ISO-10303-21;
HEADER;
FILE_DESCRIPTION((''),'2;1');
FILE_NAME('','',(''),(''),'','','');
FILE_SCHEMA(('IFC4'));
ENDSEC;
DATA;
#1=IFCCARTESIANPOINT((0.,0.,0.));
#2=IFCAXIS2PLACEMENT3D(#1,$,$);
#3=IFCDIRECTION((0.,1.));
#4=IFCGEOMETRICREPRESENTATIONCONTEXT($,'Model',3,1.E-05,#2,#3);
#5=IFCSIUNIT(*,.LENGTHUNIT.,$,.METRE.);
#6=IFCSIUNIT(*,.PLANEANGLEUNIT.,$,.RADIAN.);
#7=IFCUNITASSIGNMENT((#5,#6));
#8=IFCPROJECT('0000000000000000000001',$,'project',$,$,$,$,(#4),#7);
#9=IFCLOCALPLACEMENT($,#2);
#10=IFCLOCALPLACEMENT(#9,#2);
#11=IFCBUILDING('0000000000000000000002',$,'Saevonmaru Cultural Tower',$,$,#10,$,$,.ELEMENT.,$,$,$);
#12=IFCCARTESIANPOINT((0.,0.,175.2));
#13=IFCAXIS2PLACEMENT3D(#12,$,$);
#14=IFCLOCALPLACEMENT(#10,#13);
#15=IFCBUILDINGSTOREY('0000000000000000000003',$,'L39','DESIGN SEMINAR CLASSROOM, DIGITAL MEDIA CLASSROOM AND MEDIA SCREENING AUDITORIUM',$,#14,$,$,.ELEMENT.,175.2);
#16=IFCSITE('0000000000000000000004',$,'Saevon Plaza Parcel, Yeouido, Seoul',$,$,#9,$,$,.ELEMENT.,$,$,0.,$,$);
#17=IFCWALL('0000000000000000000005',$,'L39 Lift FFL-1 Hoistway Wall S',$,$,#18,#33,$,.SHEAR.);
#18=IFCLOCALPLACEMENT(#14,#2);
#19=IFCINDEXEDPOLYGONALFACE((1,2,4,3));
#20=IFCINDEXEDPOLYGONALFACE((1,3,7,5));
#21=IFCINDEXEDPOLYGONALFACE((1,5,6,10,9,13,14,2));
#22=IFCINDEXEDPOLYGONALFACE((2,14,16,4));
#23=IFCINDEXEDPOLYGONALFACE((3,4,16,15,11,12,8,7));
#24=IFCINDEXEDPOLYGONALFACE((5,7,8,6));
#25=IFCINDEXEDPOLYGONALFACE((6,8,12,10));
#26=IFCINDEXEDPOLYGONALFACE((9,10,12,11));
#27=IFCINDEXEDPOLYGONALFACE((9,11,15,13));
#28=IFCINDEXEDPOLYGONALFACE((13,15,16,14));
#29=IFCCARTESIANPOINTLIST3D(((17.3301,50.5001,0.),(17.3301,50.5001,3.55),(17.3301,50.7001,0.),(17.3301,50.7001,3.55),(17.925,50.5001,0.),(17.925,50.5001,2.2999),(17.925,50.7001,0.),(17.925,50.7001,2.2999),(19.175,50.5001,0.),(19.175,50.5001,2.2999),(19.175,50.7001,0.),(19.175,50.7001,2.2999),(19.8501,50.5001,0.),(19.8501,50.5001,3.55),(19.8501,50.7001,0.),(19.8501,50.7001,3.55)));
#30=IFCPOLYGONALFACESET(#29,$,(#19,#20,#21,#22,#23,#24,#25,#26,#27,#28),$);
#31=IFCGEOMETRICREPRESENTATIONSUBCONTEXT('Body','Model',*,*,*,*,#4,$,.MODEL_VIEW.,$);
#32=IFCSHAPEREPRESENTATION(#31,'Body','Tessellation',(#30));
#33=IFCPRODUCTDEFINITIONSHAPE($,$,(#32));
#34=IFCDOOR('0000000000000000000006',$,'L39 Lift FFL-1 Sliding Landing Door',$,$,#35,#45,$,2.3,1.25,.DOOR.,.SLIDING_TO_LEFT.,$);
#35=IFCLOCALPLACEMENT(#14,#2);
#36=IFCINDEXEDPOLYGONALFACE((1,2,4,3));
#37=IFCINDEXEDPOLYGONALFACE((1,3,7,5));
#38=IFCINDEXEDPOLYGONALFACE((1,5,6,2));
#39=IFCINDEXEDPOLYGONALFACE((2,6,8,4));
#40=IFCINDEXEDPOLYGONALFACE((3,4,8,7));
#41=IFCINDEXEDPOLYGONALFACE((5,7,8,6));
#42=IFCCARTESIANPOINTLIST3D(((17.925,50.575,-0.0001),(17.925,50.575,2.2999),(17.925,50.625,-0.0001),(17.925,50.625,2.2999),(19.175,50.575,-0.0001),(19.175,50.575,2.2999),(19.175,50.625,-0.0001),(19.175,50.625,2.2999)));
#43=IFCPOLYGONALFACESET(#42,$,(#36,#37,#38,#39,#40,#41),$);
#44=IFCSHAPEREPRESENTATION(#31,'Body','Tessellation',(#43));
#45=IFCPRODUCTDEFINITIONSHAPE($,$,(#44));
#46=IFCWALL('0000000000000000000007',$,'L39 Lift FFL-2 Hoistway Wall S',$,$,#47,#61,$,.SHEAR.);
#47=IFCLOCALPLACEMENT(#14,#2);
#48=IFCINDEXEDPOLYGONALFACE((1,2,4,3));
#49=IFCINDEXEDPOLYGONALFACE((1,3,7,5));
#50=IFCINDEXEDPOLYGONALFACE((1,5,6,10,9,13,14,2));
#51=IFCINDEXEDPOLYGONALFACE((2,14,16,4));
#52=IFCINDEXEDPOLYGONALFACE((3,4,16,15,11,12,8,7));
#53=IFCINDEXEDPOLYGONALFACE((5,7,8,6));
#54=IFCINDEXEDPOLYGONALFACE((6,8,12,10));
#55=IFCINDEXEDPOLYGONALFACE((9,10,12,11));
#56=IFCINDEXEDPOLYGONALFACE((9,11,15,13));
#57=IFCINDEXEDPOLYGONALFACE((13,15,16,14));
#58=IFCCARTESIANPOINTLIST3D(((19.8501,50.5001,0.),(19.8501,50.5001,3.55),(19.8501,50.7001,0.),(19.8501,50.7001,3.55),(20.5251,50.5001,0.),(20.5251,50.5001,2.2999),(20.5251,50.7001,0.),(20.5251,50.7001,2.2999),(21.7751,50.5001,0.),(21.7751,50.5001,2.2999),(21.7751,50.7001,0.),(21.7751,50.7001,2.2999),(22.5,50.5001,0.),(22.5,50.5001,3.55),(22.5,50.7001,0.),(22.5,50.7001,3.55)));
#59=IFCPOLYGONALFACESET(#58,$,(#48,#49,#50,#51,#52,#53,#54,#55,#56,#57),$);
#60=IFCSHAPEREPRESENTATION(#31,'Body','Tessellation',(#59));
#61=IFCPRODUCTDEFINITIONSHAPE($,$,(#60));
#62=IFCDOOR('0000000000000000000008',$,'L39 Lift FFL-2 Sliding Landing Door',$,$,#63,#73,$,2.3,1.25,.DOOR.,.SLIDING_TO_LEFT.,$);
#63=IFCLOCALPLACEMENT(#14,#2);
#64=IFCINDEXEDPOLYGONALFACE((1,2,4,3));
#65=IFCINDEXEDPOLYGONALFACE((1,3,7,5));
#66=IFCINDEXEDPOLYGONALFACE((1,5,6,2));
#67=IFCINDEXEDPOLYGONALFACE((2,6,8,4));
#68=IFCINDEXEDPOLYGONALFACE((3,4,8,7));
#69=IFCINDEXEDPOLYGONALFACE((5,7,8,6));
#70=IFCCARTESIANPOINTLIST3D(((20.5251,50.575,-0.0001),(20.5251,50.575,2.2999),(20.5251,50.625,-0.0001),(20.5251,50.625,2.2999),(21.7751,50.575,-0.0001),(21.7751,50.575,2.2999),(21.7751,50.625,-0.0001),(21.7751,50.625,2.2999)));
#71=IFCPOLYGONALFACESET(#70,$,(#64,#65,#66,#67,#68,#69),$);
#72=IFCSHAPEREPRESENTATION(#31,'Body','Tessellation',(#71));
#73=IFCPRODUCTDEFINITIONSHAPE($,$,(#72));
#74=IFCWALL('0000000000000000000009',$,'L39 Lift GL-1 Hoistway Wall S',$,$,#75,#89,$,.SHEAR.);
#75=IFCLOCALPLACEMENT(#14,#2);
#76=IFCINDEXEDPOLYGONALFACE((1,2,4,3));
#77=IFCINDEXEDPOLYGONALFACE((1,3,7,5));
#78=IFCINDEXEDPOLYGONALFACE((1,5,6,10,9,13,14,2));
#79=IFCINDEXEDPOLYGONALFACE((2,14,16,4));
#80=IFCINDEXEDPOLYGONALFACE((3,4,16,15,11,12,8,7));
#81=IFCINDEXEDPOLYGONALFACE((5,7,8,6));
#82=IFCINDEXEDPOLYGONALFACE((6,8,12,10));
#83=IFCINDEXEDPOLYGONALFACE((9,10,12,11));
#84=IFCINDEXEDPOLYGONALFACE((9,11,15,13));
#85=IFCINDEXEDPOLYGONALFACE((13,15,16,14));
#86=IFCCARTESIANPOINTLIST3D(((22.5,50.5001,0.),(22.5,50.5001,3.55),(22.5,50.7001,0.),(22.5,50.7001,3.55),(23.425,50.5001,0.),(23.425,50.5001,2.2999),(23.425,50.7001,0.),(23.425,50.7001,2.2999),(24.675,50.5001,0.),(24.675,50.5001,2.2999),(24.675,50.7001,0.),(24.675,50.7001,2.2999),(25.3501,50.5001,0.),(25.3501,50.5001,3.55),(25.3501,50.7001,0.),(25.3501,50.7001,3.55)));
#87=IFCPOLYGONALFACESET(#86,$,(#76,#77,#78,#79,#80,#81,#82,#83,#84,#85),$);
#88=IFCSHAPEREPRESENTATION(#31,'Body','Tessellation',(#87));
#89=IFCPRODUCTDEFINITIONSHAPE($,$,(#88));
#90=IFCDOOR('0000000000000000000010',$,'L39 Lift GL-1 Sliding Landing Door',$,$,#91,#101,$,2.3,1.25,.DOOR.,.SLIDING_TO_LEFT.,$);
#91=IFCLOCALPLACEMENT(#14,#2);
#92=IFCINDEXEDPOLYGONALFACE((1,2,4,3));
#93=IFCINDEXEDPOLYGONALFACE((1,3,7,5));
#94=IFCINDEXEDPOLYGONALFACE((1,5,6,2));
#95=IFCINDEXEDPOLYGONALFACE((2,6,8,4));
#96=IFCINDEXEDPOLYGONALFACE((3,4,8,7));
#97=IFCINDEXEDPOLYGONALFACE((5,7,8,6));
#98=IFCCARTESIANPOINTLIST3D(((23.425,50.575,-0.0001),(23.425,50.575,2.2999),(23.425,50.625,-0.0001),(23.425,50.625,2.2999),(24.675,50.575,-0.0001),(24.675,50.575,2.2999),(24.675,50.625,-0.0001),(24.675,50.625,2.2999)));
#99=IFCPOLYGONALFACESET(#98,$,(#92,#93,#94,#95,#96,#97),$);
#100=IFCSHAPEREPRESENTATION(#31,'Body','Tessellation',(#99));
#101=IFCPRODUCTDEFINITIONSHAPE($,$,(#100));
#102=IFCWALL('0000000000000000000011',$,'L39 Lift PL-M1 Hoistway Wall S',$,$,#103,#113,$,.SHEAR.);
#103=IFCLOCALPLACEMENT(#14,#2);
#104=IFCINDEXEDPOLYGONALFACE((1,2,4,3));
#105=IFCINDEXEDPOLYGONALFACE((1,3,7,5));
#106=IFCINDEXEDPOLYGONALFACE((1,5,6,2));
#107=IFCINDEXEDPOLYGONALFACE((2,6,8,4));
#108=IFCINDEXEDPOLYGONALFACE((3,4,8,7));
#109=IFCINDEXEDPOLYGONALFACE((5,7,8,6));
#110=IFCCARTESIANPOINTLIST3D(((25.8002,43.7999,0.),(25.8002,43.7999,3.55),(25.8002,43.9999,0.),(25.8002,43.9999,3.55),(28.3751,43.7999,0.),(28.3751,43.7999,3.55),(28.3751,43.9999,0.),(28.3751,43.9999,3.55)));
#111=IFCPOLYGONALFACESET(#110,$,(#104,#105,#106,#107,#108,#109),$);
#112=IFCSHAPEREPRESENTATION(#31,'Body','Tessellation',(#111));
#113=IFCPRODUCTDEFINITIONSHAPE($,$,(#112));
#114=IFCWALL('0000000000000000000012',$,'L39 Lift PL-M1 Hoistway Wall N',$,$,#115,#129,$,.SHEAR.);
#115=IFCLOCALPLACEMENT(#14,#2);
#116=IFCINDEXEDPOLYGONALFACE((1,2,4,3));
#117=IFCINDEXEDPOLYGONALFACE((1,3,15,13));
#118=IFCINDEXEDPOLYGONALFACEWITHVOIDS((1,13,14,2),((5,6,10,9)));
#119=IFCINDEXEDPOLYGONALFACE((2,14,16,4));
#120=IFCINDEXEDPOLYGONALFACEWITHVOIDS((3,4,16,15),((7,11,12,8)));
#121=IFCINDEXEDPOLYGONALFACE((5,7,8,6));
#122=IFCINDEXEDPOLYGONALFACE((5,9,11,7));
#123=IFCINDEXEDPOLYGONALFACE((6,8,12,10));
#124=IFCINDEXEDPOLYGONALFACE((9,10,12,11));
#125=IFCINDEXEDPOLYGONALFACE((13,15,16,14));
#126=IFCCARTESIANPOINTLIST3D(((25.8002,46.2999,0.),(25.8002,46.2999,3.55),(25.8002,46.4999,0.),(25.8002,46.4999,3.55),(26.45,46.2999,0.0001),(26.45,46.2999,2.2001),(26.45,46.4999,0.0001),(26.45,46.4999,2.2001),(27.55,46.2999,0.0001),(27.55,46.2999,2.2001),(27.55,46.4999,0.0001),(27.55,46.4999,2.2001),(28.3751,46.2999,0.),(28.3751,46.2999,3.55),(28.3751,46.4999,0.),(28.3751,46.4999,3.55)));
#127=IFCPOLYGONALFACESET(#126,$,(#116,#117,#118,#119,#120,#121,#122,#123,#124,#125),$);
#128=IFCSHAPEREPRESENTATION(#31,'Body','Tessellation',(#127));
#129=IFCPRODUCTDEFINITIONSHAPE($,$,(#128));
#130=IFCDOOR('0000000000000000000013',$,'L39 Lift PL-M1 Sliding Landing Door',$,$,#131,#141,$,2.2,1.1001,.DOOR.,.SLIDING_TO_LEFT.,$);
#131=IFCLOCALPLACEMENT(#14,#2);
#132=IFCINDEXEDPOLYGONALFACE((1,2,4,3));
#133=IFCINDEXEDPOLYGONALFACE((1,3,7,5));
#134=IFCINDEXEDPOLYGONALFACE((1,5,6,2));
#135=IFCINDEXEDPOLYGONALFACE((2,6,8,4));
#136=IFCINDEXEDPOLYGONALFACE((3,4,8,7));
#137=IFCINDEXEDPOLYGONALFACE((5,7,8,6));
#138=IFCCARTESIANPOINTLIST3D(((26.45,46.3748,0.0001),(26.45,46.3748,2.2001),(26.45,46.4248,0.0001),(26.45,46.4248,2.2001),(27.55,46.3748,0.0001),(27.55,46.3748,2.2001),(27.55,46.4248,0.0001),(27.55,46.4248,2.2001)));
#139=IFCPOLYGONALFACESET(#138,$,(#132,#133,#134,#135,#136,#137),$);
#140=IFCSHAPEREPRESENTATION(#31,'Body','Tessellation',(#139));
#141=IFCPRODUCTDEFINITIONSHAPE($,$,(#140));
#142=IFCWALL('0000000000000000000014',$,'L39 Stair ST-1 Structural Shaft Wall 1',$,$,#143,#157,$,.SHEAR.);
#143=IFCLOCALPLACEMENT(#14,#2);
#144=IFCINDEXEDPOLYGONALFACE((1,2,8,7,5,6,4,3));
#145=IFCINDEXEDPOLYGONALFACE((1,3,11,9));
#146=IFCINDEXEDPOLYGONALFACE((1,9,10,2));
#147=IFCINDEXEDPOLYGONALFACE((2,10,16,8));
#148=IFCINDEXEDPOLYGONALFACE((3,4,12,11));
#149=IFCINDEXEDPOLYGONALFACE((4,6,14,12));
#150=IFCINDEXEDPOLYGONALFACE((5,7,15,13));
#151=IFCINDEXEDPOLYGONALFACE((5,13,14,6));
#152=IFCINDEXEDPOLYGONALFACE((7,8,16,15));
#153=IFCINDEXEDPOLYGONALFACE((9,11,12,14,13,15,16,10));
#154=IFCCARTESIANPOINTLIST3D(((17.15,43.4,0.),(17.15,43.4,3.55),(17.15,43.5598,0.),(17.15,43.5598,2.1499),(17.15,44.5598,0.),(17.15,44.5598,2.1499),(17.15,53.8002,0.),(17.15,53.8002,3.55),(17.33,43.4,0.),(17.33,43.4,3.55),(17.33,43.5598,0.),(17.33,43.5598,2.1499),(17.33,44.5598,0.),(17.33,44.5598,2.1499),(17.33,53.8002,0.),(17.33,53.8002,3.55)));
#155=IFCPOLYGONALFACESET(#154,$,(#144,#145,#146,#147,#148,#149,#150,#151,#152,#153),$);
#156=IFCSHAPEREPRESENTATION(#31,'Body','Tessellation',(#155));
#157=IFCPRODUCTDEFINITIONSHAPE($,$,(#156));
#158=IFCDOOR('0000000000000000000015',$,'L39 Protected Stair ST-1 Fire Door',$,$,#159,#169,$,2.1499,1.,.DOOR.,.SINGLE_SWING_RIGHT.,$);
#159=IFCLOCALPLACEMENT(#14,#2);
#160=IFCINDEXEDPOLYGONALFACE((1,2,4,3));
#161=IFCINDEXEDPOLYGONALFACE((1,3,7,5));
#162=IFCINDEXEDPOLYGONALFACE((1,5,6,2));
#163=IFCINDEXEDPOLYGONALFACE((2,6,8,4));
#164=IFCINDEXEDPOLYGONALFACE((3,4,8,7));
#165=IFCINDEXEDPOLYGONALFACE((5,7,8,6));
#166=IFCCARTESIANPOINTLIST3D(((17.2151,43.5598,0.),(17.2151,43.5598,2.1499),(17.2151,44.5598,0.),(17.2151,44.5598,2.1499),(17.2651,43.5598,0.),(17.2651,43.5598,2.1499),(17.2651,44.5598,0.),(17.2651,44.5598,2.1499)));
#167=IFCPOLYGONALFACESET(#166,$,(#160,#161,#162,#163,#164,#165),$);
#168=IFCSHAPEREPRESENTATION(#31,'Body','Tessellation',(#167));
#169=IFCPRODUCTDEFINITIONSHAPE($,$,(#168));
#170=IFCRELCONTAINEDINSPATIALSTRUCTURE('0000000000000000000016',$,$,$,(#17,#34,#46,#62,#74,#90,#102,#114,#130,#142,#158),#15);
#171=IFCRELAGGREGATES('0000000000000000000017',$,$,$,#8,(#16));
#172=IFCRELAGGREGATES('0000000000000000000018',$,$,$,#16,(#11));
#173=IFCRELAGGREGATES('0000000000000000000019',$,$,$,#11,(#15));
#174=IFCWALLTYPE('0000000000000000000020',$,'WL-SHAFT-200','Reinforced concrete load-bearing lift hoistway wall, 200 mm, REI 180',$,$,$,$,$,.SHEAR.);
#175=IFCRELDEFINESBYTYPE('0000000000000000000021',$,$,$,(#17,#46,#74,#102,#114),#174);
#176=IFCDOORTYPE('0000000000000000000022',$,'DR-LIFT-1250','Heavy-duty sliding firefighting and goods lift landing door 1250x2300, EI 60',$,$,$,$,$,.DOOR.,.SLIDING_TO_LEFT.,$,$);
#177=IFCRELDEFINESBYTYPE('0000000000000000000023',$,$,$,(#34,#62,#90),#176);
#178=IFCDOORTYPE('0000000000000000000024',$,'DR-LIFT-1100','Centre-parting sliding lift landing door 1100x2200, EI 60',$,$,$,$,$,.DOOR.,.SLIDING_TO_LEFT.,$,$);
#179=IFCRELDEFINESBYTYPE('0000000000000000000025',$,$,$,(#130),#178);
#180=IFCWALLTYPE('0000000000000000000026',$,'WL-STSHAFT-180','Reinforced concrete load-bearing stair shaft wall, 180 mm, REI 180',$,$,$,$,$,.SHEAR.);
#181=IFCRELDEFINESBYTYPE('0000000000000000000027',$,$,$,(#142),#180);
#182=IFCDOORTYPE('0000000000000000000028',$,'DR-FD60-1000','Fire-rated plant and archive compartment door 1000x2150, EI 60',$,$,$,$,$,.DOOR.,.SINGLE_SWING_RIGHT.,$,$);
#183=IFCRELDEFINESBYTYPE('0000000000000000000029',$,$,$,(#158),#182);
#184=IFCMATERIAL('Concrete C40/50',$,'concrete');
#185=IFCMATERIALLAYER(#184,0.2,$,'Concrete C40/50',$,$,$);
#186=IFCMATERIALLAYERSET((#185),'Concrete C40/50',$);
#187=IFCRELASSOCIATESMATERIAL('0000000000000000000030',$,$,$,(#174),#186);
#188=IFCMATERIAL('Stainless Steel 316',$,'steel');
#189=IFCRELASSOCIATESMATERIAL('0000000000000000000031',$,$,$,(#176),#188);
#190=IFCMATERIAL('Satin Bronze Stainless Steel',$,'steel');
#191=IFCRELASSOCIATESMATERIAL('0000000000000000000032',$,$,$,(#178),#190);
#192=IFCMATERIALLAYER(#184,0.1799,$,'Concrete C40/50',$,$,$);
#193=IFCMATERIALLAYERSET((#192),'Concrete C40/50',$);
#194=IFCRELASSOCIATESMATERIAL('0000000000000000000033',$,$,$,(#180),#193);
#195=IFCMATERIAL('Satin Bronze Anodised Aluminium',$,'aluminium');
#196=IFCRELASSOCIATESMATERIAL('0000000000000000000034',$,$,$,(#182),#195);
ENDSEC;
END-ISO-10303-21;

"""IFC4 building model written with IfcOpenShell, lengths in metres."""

from ifc_helpers import new_model, si_unit, direction, frame, frame_2d, origin, place, context, subcontext, project, spatial, rectangle, extrude, material, layer, layer_set, type_object, element, fill, save


model = new_model("IFC4")

# Units and contexts
model_context = context("Model", 3, precision=1e-05, world=origin(), true_north=direction((0.0, 1.0)))
body_context = subcontext(model_context, "Body", "Model", "MODEL_VIEW")
ifc_project = project(units=[si_unit("LENGTHUNIT", "METRE"), si_unit("PLANEANGLEUNIT", "RADIAN")], contexts=[model_context])

# Site, building, storey
site_placement = place(None, origin())
site = spatial("IfcSite", under=ifc_project, at=site_placement, Name="Saevon Plaza Parcel, Yeouido, Seoul", CompositionType="ELEMENT", RefElevation=0.0)
building_placement = place(site_placement, origin())
building = spatial("IfcBuilding", under=site, at=building_placement, Name="Saevonmaru Cultural Tower", CompositionType="ELEMENT")
storey_placement = place(building_placement, frame((0.0, 0.0, 175.2)))
storey = spatial("IfcBuildingStorey", under=building, at=storey_placement, Name="L39", Description="DESIGN SEMINAR CLASSROOM, DIGITAL MEDIA CLASSROOM AND MEDIA SCREENING AUDITORIUM", CompositionType="ELEMENT", Elevation=175.2)

# Walls, openings, doors
ifc_material_1 = material(Name="Satin Bronze Anodised Aluminium", Category="aluminium")
ifc_material_2 = material(Name="Concrete C40/50", Category="concrete")
ifc_layer_1 = layer(ifc_material_2, 0.2, Name="Concrete C40/50")
ifc_layer_set_1 = layer_set([ifc_layer_1], Name="Concrete C40/50")
wall_type_1 = type_object("IfcWallType", Name="WL-SHAFT-200", Description="Reinforced concrete load-bearing lift hoistway wall, 200 mm, REI 180", PredefinedType="SHEAR", material=ifc_layer_set_1)
wall_1_placement = place(storey_placement, frame((17.3301, 50.6001, 0.0), z_axis=(0.0, 0.0, 1.0), x_axis=(1.0, 0.0, 0.0)))
wall_1 = element("IfcWall", 1, at=wall_1_placement, inside=storey, type_object=wall_type_1, Name="L39 Lift FFL-1 Hoistway Wall S", PredefinedType="SHEAR", context=body_context, shape_type="SweptSolid", body=[
    extrude(rectangle(XDim=2.52, YDim=0.2, at=frame_2d((1.26, 0.0))), origin(), (0.0, 0.0, 1.0), 3.55),
])
opening_1_placement = place(wall_1_placement, frame((0.595, 0.0, 0.0)))
opening_1 = element("IfcOpeningElement", 2, at=opening_1_placement, cuts=wall_1, PredefinedType="OPENING", context=body_context, shape_type="SweptSolid", body=[
    extrude(rectangle(XDim=1.25, YDim=2.3, at=frame_2d((0.625, 1.1499))), frame((0.0, 0.1099, 0.0), z_axis=(0.0, -1.0, 0.0), x_axis=(1.0, 0.0, 0.0)), (0.0, 0.0, 1.0), 0.22),
])
ifc_material_3 = material(Name="Stainless Steel 316", Category="steel")
door_type_1 = type_object("IfcDoorType", Name="DR-LIFT-1250", Description="Heavy-duty sliding firefighting and goods lift landing door 1250x2300, EI 60", OperationType="SLIDING_TO_LEFT", PredefinedType="DOOR", material=ifc_material_3)
door_1_placement = place(opening_1_placement, origin())
door_1 = element("IfcDoor", 3, at=door_1_placement, inside=storey, type_object=door_type_1, Name="L39 Lift FFL-1 Sliding Landing Door", OperationType="SLIDING_TO_LEFT", OverallHeight=2.3, OverallWidth=1.25, PredefinedType="DOOR", context=body_context, shape_type="SweptSolid", body=[
    extrude(rectangle(XDim=1.25, YDim=2.3, at=frame_2d((0.625, 1.1499))), frame((0.0, 0.0249, 0.0), z_axis=(0.0, -1.0, 0.0), x_axis=(1.0, 0.0, 0.0)), (0.0, 0.0, 1.0), 0.05),
])
fill(opening_1, door_1)
wall_2_placement = place(storey_placement, frame((19.8501, 50.6001, 0.0), z_axis=(0.0, 0.0, 1.0), x_axis=(1.0, 0.0, 0.0)))
wall_2 = element("IfcWall", 4, at=wall_2_placement, inside=storey, type_object=wall_type_1, Name="L39 Lift FFL-2 Hoistway Wall S", PredefinedType="SHEAR", context=body_context, shape_type="SweptSolid", body=[
    extrude(rectangle(XDim=2.6499, YDim=0.2, at=frame_2d((1.325, 0.0))), origin(), (0.0, 0.0, 1.0), 3.55),
])
opening_2_placement = place(wall_2_placement, frame((0.675, 0.0, 0.0)))
opening_2 = element("IfcOpeningElement", 5, at=opening_2_placement, cuts=wall_2, PredefinedType="OPENING", context=body_context, shape_type="SweptSolid", body=[
    extrude(rectangle(XDim=1.25, YDim=2.3, at=frame_2d((0.625, 1.1499))), frame((0.0, 0.1099, 0.0), z_axis=(0.0, -1.0, 0.0), x_axis=(1.0, 0.0, 0.0)), (0.0, 0.0, 1.0), 0.22),
])
door_2_placement = place(opening_2_placement, origin())
door_2 = element("IfcDoor", 6, at=door_2_placement, inside=storey, type_object=door_type_1, Name="L39 Lift FFL-2 Sliding Landing Door", OperationType="SLIDING_TO_LEFT", OverallHeight=2.3, OverallWidth=1.25, PredefinedType="DOOR", context=body_context, shape_type="SweptSolid", body=[
    extrude(rectangle(XDim=1.25, YDim=2.3, at=frame_2d((0.625, 1.1499))), frame((0.0, 0.0249, 0.0), z_axis=(0.0, -1.0, 0.0), x_axis=(1.0, 0.0, 0.0)), (0.0, 0.0, 1.0), 0.05),
])
fill(opening_2, door_2)
wall_3_placement = place(storey_placement, frame((22.5, 50.6001, 0.0), z_axis=(0.0, 0.0, 1.0), x_axis=(1.0, 0.0, 0.0)))
wall_3 = element("IfcWall", 7, at=wall_3_placement, inside=storey, type_object=wall_type_1, Name="L39 Lift GL-1 Hoistway Wall S", PredefinedType="SHEAR", context=body_context, shape_type="SweptSolid", body=[
    extrude(rectangle(XDim=2.8501, YDim=0.2, at=frame_2d((1.425, 0.0))), origin(), (0.0, 0.0, 1.0), 3.55),
])
opening_3_placement = place(wall_3_placement, frame((0.925, 0.0, 0.0)))
opening_3 = element("IfcOpeningElement", 8, at=opening_3_placement, cuts=wall_3, PredefinedType="OPENING", context=body_context, shape_type="SweptSolid", body=[
    extrude(rectangle(XDim=1.25, YDim=2.3, at=frame_2d((0.625, 1.1499))), frame((0.0, 0.1099, 0.0), z_axis=(0.0, -1.0, 0.0), x_axis=(1.0, 0.0, 0.0)), (0.0, 0.0, 1.0), 0.22),
])
door_3_placement = place(opening_3_placement, origin())
door_3 = element("IfcDoor", 9, at=door_3_placement, inside=storey, type_object=door_type_1, Name="L39 Lift GL-1 Sliding Landing Door", OperationType="SLIDING_TO_LEFT", OverallHeight=2.3, OverallWidth=1.25, PredefinedType="DOOR", context=body_context, shape_type="SweptSolid", body=[
    extrude(rectangle(XDim=1.25, YDim=2.3, at=frame_2d((0.625, 1.1499))), frame((0.0, 0.0249, 0.0), z_axis=(0.0, -1.0, 0.0), x_axis=(1.0, 0.0, 0.0)), (0.0, 0.0, 1.0), 0.05),
])
fill(opening_3, door_3)

# Wall
wall_4_placement = place(storey_placement, frame((25.8, 43.8999, 0.0), z_axis=(0.0, 0.0, 1.0), x_axis=(1.0, 0.0, 0.0)))
element("IfcWall", 10, at=wall_4_placement, inside=storey, type_object=wall_type_1, Name="L39 Lift PL-M1 Hoistway Wall S", PredefinedType="SHEAR", context=body_context, shape_type="SweptSolid", body=[
    extrude(rectangle(XDim=2.575, YDim=0.2, at=frame_2d((1.2876, 0.0))), origin(), (0.0, 0.0, 1.0), 3.55),
])

# Walls, openings, doors
wall_5_placement = place(storey_placement, frame((25.8, 46.3999, 0.0), z_axis=(0.0, 0.0, 1.0), x_axis=(1.0, 0.0, 0.0)))
wall_5 = element("IfcWall", 11, at=wall_5_placement, inside=storey, type_object=wall_type_1, Name="L39 Lift PL-M1 Hoistway Wall N", PredefinedType="SHEAR", context=body_context, shape_type="SweptSolid", body=[
    extrude(rectangle(XDim=2.575, YDim=0.2, at=frame_2d((1.2876, 0.0))), origin(), (0.0, 0.0, 1.0), 3.55),
])
opening_4_placement = place(wall_5_placement, frame((0.6499, 0.0, 0.0)))
opening_4 = element("IfcOpeningElement", 12, at=opening_4_placement, cuts=wall_5, PredefinedType="OPENING", context=body_context, shape_type="SweptSolid", body=[
    extrude(rectangle(XDim=1.1001, YDim=2.2, at=frame_2d((0.55, 1.1001))), frame((0.0, 0.1099, 0.0), z_axis=(0.0, -1.0, 0.0), x_axis=(1.0, 0.0, 0.0)), (0.0, 0.0, 1.0), 0.22),
])
ifc_material_4 = material(Name="Satin Bronze Stainless Steel", Category="steel")
door_type_2 = type_object("IfcDoorType", Name="DR-LIFT-1100", Description="Centre-parting sliding lift landing door 1100x2200, EI 60", OperationType="SLIDING_TO_LEFT", PredefinedType="DOOR", material=ifc_material_4)
door_4_placement = place(opening_4_placement, origin())
door_4 = element("IfcDoor", 13, at=door_4_placement, inside=storey, type_object=door_type_2, Name="L39 Lift PL-M1 Sliding Landing Door", OperationType="SLIDING_TO_LEFT", OverallHeight=2.2, OverallWidth=1.1001, PredefinedType="DOOR", context=body_context, shape_type="SweptSolid", body=[
    extrude(rectangle(XDim=1.1001, YDim=2.2, at=frame_2d((0.55, 1.1001))), frame((0.0, 0.0249, 0.0), z_axis=(0.0, -1.0, 0.0), x_axis=(1.0, 0.0, 0.0)), (0.0, 0.0, 1.0), 0.05),
])
fill(opening_4, door_4)
ifc_layer_2 = layer(ifc_material_2, 0.1799, Name="Concrete C40/50")
ifc_layer_set_2 = layer_set([ifc_layer_2], Name="Concrete C40/50")
wall_type_2 = type_object("IfcWallType", Name="WL-STSHAFT-180", Description="Reinforced concrete load-bearing stair shaft wall, 180 mm, REI 180", PredefinedType="SHEAR", material=ifc_layer_set_2)
wall_6_placement = place(storey_placement, frame((17.24, 43.3999, 0.0), z_axis=(0.0, 0.0, 1.0), x_axis=(0.0, 1.0, 0.0)))
wall_6 = element("IfcWall", 14, at=wall_6_placement, inside=storey, type_object=wall_type_2, Name="L39 Stair ST-1 Structural Shaft Wall 1", PredefinedType="SHEAR", context=body_context, shape_type="SweptSolid", body=[
    extrude(rectangle(XDim=10.4001, YDim=0.1799, at=frame_2d((5.2002, 0.0))), origin(), (0.0, 0.0, 1.0), 3.55),
])
opening_5_placement = place(wall_6_placement, frame((0.1599, 0.0, 0.0)))
opening_5 = element("IfcOpeningElement", 15, at=opening_5_placement, cuts=wall_6, PredefinedType="OPENING", context=body_context, shape_type="SweptSolid", body=[
    extrude(rectangle(XDim=1.0, YDim=2.1499, at=frame_2d((0.5, 1.075))), frame((0.0, 0.1001, 0.0), z_axis=(0.0, -1.0, 0.0), x_axis=(1.0, 0.0, 0.0)), (0.0, 0.0, 1.0), 0.2),
])
door_type_3 = type_object("IfcDoorType", Name="DR-FD60-1000", Description="Fire-rated plant and archive compartment door 1000x2150, EI 60", OperationType="SINGLE_SWING_RIGHT", PredefinedType="DOOR", material=ifc_material_1)
door_5_placement = place(opening_5_placement, origin())
door_5 = element("IfcDoor", 16, at=door_5_placement, inside=storey, type_object=door_type_3, Name="L39 Protected Stair ST-1 Fire Door", OperationType="SINGLE_SWING_RIGHT", OverallHeight=2.1499, OverallWidth=1.0, PredefinedType="DOOR", context=body_context, shape_type="SweptSolid", body=[
    extrude(rectangle(XDim=1.0, YDim=2.1499, at=frame_2d((0.5, 1.075))), frame((0.0, 0.0249, 0.0), z_axis=(0.0, -1.0, 0.0), x_axis=(1.0, 0.0, 0.0)), (0.0, 0.0, 1.0), 0.05),
])
fill(opening_5, door_5)

save(model, "model.ifc")
